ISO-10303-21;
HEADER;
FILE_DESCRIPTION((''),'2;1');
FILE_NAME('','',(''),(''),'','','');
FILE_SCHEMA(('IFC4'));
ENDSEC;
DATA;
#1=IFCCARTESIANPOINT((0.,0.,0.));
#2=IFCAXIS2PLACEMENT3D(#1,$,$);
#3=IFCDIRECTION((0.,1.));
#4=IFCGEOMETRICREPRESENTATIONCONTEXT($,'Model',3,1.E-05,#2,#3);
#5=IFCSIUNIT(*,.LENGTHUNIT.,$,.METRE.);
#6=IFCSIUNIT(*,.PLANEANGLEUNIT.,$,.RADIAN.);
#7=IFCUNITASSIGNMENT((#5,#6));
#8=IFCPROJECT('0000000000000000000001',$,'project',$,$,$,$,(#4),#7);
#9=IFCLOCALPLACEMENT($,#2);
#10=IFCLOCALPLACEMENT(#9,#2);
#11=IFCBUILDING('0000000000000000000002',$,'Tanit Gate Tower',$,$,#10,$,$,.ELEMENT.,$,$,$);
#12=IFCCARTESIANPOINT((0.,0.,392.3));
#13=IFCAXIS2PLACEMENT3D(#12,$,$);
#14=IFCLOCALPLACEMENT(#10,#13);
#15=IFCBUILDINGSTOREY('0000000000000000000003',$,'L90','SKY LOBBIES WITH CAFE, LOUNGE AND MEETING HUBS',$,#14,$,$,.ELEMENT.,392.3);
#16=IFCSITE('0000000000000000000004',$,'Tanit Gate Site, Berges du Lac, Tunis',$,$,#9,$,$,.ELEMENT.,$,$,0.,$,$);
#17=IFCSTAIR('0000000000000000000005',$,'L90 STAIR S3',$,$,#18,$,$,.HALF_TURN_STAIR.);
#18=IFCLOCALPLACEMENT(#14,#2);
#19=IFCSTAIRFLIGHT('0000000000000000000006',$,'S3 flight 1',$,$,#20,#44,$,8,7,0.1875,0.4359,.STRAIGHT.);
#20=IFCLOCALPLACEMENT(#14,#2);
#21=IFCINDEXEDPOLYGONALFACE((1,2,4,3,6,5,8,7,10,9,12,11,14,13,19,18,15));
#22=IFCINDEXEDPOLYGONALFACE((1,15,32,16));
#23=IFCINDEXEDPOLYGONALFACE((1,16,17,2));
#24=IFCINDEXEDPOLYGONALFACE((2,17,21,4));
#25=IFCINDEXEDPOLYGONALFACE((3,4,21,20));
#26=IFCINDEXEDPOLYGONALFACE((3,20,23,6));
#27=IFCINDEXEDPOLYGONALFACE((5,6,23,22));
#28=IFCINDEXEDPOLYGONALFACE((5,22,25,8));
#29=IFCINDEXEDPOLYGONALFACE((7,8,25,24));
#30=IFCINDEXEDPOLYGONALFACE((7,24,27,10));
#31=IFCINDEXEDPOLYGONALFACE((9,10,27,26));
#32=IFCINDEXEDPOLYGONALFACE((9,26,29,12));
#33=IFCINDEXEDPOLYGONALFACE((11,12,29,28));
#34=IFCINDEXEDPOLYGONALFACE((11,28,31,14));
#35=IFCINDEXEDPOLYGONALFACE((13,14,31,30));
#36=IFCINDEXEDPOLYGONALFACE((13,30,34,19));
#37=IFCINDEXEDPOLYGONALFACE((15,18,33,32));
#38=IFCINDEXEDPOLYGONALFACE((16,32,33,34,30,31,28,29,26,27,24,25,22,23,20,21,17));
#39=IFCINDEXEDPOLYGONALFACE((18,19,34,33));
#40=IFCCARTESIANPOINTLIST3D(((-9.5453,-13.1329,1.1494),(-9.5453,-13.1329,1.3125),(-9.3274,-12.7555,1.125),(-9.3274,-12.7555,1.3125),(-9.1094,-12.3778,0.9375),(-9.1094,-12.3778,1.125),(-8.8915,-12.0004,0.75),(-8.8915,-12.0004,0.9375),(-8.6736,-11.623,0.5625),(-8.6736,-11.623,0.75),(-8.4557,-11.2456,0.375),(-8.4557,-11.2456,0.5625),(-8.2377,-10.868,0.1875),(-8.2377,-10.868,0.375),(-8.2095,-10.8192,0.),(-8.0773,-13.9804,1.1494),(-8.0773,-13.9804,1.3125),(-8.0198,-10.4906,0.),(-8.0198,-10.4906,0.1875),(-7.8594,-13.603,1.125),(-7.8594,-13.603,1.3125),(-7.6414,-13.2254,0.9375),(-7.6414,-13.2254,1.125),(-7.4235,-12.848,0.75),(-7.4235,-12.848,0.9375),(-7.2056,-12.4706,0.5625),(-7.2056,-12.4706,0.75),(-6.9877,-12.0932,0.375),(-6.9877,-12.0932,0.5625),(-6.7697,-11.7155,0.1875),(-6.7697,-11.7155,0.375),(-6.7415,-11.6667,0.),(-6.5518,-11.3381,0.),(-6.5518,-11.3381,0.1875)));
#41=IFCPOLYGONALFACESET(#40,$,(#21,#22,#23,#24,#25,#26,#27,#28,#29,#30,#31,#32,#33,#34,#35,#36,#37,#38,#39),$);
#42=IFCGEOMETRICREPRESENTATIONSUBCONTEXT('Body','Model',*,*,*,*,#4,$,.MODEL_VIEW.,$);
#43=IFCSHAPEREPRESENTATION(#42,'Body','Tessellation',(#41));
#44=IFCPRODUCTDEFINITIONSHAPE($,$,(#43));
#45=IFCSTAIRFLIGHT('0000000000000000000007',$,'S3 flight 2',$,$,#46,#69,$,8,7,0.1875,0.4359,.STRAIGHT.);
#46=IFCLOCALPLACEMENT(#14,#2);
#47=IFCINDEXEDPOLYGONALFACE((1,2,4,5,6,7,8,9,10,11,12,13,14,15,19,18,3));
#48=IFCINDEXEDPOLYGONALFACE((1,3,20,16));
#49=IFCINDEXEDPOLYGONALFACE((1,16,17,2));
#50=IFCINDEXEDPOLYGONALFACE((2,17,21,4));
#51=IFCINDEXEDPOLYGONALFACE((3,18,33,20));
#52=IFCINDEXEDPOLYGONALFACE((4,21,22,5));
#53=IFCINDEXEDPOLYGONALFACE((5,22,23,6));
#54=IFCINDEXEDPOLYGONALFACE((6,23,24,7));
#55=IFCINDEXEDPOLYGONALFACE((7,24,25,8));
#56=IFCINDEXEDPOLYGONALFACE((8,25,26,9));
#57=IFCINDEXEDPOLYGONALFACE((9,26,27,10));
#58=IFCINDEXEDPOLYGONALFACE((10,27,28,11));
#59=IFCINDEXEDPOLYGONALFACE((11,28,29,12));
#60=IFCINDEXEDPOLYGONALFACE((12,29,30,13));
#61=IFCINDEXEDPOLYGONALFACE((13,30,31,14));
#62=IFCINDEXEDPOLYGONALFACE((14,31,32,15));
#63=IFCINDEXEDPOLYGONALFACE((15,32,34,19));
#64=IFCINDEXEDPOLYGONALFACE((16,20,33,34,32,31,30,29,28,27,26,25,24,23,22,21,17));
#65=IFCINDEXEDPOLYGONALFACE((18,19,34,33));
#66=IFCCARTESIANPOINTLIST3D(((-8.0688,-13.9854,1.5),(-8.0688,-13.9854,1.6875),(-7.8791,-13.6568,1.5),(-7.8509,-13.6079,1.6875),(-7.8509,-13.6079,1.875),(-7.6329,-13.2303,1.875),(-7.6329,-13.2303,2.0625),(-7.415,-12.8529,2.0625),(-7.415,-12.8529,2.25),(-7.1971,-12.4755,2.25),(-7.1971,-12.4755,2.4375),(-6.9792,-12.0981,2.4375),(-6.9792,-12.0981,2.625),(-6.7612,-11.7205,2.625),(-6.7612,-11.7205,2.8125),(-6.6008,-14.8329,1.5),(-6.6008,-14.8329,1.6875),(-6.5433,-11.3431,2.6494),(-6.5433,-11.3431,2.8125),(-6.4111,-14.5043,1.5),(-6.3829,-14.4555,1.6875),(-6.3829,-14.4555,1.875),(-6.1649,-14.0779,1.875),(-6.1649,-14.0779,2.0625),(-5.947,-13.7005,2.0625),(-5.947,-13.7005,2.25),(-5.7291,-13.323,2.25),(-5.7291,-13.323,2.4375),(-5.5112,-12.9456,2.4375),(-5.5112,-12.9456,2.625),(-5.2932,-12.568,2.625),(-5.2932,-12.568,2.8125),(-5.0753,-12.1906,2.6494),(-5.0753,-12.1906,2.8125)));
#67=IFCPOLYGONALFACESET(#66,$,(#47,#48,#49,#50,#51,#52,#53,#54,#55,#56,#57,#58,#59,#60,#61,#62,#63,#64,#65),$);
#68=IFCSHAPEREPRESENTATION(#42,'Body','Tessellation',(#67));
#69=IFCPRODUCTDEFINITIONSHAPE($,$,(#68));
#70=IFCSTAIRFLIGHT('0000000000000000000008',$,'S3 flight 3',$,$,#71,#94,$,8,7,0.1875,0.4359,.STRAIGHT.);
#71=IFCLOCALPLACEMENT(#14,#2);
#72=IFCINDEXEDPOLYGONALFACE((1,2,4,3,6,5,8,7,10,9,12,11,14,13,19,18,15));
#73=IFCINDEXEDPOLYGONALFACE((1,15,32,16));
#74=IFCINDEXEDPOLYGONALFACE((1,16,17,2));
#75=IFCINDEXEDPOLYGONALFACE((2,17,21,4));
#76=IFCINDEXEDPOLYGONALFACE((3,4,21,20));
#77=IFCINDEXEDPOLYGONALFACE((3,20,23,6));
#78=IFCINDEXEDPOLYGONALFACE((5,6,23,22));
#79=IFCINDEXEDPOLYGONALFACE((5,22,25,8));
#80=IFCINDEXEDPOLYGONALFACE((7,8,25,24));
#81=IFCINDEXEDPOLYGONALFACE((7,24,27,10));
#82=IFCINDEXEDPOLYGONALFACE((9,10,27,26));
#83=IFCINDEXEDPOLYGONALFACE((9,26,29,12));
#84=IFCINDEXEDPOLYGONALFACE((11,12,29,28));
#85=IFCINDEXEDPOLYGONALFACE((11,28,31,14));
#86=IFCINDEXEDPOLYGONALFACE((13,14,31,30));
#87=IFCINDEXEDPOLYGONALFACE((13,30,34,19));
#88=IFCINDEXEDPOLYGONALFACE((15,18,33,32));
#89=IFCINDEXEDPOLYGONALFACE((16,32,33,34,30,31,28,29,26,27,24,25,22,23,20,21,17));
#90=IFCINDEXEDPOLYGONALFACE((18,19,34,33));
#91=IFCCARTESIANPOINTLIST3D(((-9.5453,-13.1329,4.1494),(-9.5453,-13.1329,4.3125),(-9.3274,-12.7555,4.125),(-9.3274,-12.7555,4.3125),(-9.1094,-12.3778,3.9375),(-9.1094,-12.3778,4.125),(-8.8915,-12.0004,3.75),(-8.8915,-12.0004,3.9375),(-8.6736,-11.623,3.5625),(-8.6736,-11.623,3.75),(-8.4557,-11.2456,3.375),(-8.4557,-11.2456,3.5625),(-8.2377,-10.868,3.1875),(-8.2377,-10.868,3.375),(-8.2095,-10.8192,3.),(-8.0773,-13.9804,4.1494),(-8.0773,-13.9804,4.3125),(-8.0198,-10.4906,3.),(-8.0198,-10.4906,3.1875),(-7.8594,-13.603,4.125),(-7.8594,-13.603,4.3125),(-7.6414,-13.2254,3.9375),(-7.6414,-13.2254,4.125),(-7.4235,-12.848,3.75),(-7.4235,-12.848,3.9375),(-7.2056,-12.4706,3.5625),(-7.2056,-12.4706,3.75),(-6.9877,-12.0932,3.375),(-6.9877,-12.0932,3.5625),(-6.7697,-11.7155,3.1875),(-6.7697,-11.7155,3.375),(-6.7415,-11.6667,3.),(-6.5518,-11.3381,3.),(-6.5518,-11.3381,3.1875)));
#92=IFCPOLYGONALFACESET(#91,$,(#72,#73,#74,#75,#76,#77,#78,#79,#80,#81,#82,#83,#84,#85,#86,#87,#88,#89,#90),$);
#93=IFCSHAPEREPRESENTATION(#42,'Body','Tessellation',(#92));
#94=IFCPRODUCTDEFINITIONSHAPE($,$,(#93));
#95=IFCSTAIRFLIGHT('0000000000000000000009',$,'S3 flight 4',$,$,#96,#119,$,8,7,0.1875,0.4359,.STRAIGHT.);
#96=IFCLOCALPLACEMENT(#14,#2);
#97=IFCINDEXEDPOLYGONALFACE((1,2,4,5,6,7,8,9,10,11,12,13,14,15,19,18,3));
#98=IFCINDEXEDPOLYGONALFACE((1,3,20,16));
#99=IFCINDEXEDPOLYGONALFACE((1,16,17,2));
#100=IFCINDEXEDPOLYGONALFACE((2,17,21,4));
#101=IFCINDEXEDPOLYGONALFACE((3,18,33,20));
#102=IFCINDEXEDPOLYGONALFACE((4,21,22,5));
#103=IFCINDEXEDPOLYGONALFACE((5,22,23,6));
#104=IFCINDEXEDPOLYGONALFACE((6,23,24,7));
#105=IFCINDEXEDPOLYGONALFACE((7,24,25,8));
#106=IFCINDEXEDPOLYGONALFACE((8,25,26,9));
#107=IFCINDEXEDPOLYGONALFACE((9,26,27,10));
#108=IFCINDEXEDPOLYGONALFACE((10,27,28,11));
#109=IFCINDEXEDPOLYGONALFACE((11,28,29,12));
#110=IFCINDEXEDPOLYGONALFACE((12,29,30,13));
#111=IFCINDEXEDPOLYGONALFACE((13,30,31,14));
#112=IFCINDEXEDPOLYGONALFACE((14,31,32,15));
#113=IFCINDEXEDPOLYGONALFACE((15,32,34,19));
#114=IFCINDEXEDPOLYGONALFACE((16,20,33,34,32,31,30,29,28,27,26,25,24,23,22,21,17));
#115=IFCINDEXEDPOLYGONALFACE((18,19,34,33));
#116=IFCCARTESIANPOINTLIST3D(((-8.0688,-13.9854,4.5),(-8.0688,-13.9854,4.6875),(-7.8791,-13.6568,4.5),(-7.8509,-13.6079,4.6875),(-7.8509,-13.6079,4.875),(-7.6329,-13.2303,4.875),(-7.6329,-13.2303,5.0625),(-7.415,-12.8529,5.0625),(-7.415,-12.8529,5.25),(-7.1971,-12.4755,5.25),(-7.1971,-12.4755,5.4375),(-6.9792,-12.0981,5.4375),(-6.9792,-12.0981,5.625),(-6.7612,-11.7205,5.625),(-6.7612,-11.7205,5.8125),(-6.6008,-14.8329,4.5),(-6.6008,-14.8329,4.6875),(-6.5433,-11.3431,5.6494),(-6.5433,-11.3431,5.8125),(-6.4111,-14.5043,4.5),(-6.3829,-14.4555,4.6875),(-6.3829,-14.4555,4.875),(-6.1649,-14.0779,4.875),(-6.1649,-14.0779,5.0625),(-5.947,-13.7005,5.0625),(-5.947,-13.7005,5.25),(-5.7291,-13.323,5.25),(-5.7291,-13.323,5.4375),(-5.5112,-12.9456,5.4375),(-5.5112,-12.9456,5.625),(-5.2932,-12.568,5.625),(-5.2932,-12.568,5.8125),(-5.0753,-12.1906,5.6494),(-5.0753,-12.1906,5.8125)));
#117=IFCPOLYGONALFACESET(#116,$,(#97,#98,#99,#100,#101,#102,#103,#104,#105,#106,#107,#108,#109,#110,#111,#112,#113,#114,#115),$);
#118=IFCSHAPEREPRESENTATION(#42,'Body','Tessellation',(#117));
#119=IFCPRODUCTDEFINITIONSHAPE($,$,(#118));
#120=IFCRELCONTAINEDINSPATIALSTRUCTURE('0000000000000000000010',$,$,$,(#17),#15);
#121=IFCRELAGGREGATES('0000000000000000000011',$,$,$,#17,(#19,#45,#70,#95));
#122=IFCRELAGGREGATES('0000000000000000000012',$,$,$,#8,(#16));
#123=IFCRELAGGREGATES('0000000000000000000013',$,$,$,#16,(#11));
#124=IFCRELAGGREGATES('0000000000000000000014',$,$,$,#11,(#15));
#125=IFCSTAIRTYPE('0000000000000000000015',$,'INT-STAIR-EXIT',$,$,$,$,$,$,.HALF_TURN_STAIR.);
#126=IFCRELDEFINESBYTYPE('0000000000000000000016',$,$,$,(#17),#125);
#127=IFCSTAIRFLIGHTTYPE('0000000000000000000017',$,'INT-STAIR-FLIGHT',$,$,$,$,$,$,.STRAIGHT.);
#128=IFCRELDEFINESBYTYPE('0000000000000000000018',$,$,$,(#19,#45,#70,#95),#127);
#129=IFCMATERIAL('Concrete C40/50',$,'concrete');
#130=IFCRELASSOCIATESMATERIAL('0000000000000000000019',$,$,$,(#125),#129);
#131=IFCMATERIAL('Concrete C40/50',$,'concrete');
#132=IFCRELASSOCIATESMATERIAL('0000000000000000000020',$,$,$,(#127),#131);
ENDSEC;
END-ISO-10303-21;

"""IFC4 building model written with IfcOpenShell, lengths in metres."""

from ifc_helpers import new_model, si_unit, direction, frame, origin, place, context, subcontext, project, spatial, polyline, outline, extrude, material, type_object, element, aggregate, save


model = new_model("IFC4")

# Units and contexts
model_context = context("Model", 3, precision=1e-05, world=origin(), true_north=direction((0.0, 1.0)))
body_context = subcontext(model_context, "Body", "Model", "MODEL_VIEW")
ifc_project = project(units=[si_unit("LENGTHUNIT", "METRE"), si_unit("PLANEANGLEUNIT", "RADIAN")], contexts=[model_context])

# Site, building, storey
site_placement = place(None, origin())
site = spatial("IfcSite", under=ifc_project, at=site_placement, Name="Tanit Gate Site, Berges du Lac, Tunis", CompositionType="ELEMENT", RefElevation=0.0)
building_placement = place(site_placement, origin())
building = spatial("IfcBuilding", under=site, at=building_placement, Name="Tanit Gate Tower", CompositionType="ELEMENT")
storey_placement = place(building_placement, frame((0.0, 0.0, 392.3)))
storey = spatial("IfcBuildingStorey", under=building, at=storey_placement, Name="L90", Description="SKY LOBBIES WITH CAFE, LOUNGE AND MEETING HUBS", CompositionType="ELEMENT", Elevation=392.3)

# Stair, stair flights
ifc_material_1 = material(Name="Concrete C40/50", Category="concrete")
stair_type = type_object("IfcStairType", Name="INT-STAIR-EXIT", PredefinedType="HALF_TURN_STAIR", material=ifc_material_1)
stair_placement = place(storey_placement, origin())
stair = element("IfcStair", 1, at=stair_placement, inside=storey, type_object=stair_type, Name="L90 STAIR S3", PredefinedType="HALF_TURN_STAIR")
ifc_material_2 = material(Name="Concrete C40/50", Category="concrete")
stair_flight_type = type_object("IfcStairFlightType", Name="INT-STAIR-FLIGHT", PredefinedType="STRAIGHT", material=ifc_material_2)
stair_flight_1_placement = place(storey_placement, frame((-7.2859, -10.9143, 0.0), z_axis=(0.0, 0.0, 1.0), x_axis=(-0.5, -0.866025, 0.0)))
stair_flight_1 = element("IfcStairFlight", 2, at=stair_flight_1_placement, type_object=stair_flight_type, Name="S3 flight 1", NumberOfRisers=8, NumberOfTreads=7, PredefinedType="STRAIGHT", RiserHeight=0.1875, TreadLength=0.4359, context=body_context, shape_type="SweptSolid", body=[
    extrude(outline(polyline([(0.0, 0.0), (0.0, 0.1875), (0.4358, 0.1875), (0.4358, 0.375), (0.8718, 0.375), (0.8718, 0.5625), (1.3076, 0.5625), (1.3076, 0.75), (1.7434, 0.75), (1.7434, 0.9375), (2.1792, 0.9375), (2.1792, 1.125), (2.6152, 1.125), (2.6152, 1.3125), (3.051, 1.3125), (3.051, 1.5), (3.051, 1.1494), (0.3794, 0.0), (0.0, 0.0)])), frame((0.0, 0.8477, 0.0), z_axis=(0.0, -1.0, 0.0), x_axis=(1.0, 0.0, 0.0)), (0.0, 0.0, 1.0), 1.6951),
])
stair_flight_2_placement = place(storey_placement, frame((-7.3347, -14.4092, 1.5), z_axis=(0.0, 0.0, 1.0), x_axis=(0.5, 0.866025, 0.0)))
stair_flight_2 = element("IfcStairFlight", 3, at=stair_flight_2_placement, type_object=stair_flight_type, Name="S3 flight 2", NumberOfRisers=8, NumberOfTreads=7, PredefinedType="STRAIGHT", RiserHeight=0.1875, TreadLength=0.4359, context=body_context, shape_type="SweptSolid", body=[
    extrude(outline(polyline([(0.0, 0.0), (0.0, 0.1875), (0.4358, 0.1875), (0.4358, 0.375), (0.8718, 0.375), (0.8718, 0.5625), (1.3076, 0.5625), (1.3076, 0.75), (1.7434, 0.75), (1.7434, 0.9375), (2.1792, 0.9375), (2.1792, 1.125), (2.6152, 1.125), (2.6152, 1.3125), (3.051, 1.3125), (3.051, 1.5), (3.051, 1.1494), (0.3794, 0.0), (0.0, 0.0)])), frame((0.0, 0.8477, 0.0), z_axis=(0.0, -1.0, 0.0), x_axis=(1.0, 0.0, 0.0)), (0.0, 0.0, 1.0), 1.6951),
])
stair_flight_3_placement = place(storey_placement, frame((-7.2859, -10.9143, 3.0), z_axis=(0.0, 0.0, 1.0), x_axis=(-0.5, -0.866025, 0.0)))
stair_flight_3 = element("IfcStairFlight", 4, at=stair_flight_3_placement, type_object=stair_flight_type, Name="S3 flight 3", NumberOfRisers=8, NumberOfTreads=7, PredefinedType="STRAIGHT", RiserHeight=0.1875, TreadLength=0.4359, context=body_context, shape_type="SweptSolid", body=[
    extrude(outline(polyline([(0.0, 0.0), (0.0, 0.1875), (0.4358, 0.1875), (0.4358, 0.375), (0.8718, 0.375), (0.8718, 0.5625), (1.3076, 0.5625), (1.3076, 0.75), (1.7434, 0.75), (1.7434, 0.9375), (2.1792, 0.9375), (2.1792, 1.125), (2.6152, 1.125), (2.6152, 1.3125), (3.051, 1.3125), (3.051, 1.5), (3.051, 1.1494), (0.3794, 0.0), (0.0, 0.0)])), frame((0.0, 0.8477, 0.0), z_axis=(0.0, -1.0, 0.0), x_axis=(1.0, 0.0, 0.0)), (0.0, 0.0, 1.0), 1.6951),
])
stair_flight_4_placement = place(storey_placement, frame((-7.3347, -14.4092, 4.5), z_axis=(0.0, 0.0, 1.0), x_axis=(0.5, 0.866025, 0.0)))
stair_flight_4 = element("IfcStairFlight", 5, at=stair_flight_4_placement, type_object=stair_flight_type, Name="S3 flight 4", NumberOfRisers=8, NumberOfTreads=7, PredefinedType="STRAIGHT", RiserHeight=0.1875, TreadLength=0.4359, context=body_context, shape_type="SweptSolid", body=[
    extrude(outline(polyline([(0.0, 0.0), (0.0, 0.1875), (0.4358, 0.1875), (0.4358, 0.375), (0.8718, 0.375), (0.8718, 0.5625), (1.3076, 0.5625), (1.3076, 0.75), (1.7434, 0.75), (1.7434, 0.9375), (2.1792, 0.9375), (2.1792, 1.125), (2.6152, 1.125), (2.6152, 1.3125), (3.051, 1.3125), (3.051, 1.5), (3.051, 1.1494), (0.3794, 0.0), (0.0, 0.0)])), frame((0.0, 0.8477, 0.0), z_axis=(0.0, -1.0, 0.0), x_axis=(1.0, 0.0, 0.0)), (0.0, 0.0, 1.0), 1.6951),
])
aggregate(stair, [stair_flight_1, stair_flight_2, stair_flight_3, stair_flight_4])

save(model, "model.ifc")
